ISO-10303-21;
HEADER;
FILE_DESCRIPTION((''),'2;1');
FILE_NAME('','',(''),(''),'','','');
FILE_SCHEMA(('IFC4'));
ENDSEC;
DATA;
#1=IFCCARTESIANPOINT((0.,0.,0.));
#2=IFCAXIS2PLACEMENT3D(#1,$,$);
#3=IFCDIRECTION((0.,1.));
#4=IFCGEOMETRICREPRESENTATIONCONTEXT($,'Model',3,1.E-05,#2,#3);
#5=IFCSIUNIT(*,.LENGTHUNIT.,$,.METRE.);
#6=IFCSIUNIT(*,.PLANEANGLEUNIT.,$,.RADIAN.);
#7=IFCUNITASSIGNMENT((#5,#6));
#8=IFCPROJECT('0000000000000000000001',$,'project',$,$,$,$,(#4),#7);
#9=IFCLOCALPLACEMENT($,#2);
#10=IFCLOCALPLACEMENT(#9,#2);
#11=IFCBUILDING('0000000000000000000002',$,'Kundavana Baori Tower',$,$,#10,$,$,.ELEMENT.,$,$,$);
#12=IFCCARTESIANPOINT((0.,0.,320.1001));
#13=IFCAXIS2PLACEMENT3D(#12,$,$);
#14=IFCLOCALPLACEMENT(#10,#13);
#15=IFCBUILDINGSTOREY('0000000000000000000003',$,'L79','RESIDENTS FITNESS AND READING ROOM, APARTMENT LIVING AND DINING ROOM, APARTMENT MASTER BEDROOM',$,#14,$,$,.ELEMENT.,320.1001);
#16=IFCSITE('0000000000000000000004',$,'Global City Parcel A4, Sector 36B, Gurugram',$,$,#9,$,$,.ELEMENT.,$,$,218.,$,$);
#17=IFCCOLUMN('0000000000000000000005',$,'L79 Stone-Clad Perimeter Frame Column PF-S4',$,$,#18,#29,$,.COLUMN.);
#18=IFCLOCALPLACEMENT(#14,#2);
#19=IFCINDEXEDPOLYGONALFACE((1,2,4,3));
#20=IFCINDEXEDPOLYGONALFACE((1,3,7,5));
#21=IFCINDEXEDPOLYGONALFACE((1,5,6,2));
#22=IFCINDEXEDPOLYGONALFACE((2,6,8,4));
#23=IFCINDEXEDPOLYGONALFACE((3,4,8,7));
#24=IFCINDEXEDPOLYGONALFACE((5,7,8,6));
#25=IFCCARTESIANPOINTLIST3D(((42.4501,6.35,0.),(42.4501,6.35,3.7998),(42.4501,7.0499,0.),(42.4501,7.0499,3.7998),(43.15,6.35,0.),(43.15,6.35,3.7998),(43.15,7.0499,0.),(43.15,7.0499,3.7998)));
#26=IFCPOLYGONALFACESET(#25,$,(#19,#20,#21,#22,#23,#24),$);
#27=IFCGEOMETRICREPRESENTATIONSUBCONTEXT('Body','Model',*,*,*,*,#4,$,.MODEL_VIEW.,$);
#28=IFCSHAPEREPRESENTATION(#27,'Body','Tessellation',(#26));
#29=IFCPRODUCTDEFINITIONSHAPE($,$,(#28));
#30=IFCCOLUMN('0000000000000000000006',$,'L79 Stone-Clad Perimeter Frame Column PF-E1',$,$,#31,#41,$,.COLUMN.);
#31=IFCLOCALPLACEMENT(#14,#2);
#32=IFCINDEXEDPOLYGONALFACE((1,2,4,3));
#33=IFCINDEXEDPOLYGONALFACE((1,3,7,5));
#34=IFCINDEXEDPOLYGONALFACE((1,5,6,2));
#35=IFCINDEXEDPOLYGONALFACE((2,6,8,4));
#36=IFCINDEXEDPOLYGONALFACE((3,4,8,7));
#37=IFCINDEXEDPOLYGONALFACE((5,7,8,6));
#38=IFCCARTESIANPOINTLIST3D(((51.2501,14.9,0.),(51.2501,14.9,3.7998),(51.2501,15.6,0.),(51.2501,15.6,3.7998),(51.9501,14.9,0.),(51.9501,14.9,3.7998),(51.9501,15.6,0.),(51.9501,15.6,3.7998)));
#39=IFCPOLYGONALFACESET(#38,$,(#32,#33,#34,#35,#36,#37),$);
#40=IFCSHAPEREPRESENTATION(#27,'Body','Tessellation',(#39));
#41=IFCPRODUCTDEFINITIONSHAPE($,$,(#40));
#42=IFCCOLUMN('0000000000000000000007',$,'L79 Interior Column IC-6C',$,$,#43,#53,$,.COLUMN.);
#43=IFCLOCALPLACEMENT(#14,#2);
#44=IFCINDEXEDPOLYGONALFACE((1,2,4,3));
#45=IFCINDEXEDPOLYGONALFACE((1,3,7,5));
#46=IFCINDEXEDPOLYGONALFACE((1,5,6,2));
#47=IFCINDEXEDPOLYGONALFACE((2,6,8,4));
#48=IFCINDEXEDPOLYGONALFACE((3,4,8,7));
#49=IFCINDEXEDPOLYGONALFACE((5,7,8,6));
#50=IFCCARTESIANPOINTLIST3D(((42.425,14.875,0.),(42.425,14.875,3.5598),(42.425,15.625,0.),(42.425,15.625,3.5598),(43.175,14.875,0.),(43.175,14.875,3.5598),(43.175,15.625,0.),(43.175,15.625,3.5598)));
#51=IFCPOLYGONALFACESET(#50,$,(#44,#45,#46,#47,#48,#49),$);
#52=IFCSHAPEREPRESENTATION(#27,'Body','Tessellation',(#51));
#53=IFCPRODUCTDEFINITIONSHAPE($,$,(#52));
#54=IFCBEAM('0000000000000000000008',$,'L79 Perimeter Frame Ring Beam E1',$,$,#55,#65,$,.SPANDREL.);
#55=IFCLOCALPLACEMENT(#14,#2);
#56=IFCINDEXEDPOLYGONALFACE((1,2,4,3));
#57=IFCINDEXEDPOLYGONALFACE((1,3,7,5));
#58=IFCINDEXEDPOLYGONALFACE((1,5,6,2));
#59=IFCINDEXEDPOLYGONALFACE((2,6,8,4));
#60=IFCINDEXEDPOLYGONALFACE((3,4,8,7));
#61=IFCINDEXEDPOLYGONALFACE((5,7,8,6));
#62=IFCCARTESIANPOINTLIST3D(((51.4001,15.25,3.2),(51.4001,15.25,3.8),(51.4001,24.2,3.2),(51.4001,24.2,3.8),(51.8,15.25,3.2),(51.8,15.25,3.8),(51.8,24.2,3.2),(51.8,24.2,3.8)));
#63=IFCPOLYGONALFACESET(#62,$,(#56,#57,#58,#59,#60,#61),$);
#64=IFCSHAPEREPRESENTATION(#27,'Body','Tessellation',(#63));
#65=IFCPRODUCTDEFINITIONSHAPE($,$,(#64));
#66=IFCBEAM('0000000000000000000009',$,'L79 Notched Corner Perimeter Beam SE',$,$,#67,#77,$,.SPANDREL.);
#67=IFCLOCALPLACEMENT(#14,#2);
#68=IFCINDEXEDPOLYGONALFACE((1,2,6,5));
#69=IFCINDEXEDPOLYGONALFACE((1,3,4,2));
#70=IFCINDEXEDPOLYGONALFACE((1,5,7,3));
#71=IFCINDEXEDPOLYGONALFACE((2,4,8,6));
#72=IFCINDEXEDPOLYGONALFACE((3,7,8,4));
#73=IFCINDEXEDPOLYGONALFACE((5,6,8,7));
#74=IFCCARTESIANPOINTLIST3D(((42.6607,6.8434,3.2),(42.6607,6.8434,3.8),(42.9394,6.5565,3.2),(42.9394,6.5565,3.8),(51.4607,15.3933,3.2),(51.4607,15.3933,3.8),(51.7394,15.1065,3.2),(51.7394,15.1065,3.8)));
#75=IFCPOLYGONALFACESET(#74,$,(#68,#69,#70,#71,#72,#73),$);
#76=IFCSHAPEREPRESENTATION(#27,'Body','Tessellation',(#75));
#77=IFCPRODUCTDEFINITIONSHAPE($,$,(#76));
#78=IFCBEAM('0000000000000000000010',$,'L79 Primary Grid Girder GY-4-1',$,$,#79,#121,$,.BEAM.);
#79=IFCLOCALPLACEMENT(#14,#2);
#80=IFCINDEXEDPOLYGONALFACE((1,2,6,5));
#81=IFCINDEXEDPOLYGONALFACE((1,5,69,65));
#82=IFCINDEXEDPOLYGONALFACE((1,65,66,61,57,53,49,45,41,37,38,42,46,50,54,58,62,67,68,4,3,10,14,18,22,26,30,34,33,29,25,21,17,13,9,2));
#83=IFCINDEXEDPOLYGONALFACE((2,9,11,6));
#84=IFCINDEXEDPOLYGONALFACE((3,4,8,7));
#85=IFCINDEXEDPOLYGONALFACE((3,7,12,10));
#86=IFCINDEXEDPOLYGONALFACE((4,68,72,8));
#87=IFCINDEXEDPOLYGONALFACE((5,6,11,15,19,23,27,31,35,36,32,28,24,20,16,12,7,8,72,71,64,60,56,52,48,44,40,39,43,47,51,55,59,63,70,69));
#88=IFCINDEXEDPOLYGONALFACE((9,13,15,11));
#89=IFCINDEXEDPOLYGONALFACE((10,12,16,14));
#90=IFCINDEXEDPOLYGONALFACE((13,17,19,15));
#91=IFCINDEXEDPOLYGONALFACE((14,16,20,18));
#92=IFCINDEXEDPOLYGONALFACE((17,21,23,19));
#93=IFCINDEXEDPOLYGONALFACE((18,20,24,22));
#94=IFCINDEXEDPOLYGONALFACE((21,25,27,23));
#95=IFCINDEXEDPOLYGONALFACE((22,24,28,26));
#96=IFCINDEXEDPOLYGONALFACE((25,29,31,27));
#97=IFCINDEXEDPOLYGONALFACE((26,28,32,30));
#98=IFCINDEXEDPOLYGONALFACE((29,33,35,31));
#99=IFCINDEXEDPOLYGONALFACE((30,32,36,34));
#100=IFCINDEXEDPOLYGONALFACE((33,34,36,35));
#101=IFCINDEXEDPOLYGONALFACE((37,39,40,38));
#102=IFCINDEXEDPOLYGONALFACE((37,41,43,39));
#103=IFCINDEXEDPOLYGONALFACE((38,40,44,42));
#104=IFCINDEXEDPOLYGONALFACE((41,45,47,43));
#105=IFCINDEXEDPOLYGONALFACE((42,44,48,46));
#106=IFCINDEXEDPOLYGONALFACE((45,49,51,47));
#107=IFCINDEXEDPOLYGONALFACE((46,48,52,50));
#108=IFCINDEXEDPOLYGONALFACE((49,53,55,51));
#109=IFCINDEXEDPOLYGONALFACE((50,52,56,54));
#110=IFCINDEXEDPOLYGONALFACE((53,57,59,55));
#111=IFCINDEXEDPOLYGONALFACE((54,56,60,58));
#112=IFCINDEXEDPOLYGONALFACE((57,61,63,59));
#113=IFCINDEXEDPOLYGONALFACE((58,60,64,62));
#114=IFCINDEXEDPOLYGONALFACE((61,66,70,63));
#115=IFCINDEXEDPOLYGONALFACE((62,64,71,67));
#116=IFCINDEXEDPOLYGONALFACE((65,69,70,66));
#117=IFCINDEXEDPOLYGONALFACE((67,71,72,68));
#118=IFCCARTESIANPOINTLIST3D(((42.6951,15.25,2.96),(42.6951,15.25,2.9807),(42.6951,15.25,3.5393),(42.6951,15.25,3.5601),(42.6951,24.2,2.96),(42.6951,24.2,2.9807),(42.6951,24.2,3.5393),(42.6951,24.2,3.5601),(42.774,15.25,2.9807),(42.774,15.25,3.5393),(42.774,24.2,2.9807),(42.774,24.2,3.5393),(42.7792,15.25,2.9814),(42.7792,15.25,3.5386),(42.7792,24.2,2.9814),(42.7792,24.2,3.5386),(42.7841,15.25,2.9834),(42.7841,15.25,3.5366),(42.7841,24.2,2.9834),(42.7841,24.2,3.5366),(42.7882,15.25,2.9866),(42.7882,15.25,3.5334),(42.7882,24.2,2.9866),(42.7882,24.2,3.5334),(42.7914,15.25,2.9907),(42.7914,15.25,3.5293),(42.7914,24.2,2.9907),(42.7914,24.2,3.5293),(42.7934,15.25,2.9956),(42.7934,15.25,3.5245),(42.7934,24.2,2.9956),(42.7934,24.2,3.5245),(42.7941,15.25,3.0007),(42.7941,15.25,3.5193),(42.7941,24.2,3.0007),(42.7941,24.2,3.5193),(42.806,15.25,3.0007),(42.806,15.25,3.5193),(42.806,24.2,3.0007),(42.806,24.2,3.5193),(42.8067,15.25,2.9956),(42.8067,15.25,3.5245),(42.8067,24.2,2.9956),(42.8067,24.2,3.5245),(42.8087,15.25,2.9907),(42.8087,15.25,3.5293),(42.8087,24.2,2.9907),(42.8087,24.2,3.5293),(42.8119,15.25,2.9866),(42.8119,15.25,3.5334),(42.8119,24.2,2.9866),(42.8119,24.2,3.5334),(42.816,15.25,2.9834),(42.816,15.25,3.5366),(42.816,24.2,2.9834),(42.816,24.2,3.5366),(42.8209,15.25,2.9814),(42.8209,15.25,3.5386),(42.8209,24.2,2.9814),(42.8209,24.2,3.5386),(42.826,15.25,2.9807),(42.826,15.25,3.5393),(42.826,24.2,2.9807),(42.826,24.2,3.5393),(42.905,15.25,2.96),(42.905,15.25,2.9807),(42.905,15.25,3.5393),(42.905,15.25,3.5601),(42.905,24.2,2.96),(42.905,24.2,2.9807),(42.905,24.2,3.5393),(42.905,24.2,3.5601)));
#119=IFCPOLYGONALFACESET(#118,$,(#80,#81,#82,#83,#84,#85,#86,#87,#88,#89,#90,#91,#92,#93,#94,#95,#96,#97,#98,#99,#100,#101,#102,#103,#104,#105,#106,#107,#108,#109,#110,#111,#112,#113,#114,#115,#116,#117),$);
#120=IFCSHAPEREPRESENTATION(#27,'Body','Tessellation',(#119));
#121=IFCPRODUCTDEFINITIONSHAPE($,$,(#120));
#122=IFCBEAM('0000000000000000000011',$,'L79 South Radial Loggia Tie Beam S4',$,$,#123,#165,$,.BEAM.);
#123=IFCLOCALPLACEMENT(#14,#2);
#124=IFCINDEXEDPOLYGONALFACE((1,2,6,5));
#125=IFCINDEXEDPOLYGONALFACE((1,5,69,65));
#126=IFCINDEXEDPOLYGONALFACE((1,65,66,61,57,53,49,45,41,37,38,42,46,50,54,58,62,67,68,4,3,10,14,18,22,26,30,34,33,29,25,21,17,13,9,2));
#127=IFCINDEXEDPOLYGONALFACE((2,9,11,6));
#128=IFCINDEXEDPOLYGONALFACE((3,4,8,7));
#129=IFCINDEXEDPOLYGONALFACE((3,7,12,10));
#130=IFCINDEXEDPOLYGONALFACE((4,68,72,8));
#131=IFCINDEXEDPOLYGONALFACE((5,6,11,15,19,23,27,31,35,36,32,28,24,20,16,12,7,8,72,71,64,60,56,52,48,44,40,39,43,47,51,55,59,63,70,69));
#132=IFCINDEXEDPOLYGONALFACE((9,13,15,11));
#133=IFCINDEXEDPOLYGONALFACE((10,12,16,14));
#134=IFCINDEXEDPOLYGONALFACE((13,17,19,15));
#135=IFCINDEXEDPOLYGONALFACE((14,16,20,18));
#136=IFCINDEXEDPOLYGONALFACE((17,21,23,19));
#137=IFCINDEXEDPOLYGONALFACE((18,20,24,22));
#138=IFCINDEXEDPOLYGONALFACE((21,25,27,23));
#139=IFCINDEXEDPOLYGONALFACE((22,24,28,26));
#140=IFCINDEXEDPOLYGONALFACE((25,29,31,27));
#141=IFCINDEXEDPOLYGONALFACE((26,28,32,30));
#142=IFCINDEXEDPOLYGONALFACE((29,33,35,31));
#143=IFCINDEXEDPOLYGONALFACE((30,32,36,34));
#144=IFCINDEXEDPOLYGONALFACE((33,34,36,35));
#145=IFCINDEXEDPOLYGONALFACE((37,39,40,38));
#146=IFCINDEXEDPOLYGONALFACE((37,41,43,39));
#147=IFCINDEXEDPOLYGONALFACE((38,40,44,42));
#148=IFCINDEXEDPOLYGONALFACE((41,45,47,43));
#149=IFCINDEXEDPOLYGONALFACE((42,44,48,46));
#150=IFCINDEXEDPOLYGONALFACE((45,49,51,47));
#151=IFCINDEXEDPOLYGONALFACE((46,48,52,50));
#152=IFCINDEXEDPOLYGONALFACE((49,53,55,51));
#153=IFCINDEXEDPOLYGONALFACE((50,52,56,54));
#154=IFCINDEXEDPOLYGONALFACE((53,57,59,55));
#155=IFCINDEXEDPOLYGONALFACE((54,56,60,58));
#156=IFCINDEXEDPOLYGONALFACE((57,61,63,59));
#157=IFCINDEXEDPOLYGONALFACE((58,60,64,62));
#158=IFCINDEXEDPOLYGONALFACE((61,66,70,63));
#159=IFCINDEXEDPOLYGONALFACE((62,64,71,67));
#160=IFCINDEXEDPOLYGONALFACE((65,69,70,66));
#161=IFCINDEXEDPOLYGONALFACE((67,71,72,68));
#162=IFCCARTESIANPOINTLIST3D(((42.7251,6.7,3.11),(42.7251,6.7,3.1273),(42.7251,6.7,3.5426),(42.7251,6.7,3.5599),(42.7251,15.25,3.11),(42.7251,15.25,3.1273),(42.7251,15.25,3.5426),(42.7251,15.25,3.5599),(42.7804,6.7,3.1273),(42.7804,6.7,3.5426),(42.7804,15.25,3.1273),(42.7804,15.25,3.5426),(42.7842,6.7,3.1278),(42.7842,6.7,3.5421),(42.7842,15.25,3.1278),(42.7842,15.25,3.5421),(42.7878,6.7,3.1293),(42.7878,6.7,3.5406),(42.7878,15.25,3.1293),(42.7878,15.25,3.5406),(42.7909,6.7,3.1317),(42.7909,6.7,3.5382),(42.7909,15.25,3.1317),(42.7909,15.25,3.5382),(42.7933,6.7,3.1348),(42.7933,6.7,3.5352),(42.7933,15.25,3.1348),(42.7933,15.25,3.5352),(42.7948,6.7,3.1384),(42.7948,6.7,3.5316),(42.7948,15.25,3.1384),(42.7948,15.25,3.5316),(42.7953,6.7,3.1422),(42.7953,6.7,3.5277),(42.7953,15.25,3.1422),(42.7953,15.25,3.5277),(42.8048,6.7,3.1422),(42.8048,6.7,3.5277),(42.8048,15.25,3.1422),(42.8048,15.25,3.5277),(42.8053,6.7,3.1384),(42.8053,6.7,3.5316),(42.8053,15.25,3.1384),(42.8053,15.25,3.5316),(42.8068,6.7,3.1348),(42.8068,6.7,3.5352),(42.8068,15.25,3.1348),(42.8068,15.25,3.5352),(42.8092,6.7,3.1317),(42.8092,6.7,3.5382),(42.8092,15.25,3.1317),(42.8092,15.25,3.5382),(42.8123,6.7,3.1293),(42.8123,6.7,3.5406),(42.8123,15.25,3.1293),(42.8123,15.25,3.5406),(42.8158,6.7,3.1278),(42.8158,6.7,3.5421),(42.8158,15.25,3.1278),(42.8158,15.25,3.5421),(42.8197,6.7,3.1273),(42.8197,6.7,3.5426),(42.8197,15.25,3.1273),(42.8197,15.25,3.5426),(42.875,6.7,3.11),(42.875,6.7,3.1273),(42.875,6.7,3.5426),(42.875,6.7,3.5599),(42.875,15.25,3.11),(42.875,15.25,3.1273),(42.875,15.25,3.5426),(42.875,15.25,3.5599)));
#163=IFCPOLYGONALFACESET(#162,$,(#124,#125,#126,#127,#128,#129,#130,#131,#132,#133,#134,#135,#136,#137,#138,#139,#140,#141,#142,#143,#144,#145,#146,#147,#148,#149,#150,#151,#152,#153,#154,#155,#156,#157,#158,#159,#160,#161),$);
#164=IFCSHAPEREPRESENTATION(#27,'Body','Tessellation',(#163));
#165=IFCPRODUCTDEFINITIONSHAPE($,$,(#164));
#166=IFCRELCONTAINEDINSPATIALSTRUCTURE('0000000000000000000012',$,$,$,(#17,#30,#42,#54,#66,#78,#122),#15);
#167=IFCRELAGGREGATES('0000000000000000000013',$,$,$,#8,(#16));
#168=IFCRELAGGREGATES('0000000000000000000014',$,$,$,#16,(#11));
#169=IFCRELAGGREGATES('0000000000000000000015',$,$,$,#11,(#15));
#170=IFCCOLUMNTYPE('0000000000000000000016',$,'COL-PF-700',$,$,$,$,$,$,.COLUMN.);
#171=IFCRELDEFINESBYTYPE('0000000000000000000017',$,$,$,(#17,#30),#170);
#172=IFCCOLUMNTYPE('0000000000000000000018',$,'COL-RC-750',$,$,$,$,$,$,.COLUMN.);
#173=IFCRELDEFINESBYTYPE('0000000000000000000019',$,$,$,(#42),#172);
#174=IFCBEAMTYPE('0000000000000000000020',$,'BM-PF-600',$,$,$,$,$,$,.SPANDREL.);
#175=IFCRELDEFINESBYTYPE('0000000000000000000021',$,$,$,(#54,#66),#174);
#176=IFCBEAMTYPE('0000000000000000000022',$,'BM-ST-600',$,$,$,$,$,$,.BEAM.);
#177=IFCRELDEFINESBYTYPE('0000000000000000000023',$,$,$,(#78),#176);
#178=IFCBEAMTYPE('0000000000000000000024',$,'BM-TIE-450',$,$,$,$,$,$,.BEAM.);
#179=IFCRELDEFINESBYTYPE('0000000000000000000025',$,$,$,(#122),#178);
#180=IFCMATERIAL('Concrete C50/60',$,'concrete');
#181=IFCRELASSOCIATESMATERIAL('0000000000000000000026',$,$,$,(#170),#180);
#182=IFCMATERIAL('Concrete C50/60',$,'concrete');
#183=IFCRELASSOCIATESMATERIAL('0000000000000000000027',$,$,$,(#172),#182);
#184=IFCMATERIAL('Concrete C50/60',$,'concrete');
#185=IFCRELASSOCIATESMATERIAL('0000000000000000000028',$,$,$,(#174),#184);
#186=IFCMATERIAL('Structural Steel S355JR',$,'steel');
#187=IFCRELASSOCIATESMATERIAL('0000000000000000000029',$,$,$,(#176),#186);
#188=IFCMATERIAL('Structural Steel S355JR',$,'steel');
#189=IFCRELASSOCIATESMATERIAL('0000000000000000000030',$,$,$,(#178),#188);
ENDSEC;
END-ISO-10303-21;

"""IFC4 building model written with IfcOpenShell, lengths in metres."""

from ifc_helpers import new_model, si_unit, direction, frame, origin, origin_2d, place, context, subcontext, project, spatial, rectangle, i_section, extrude, material, material_profile, profile_set, type_object, element, save


model = new_model("IFC4")

# Units and contexts
model_context = context("Model", 3, precision=1e-05, world=origin(), true_north=direction((0.0, 1.0)))
body_context = subcontext(model_context, "Body", "Model", "MODEL_VIEW")
ifc_project = project(units=[si_unit("LENGTHUNIT", "METRE"), si_unit("PLANEANGLEUNIT", "RADIAN")], contexts=[model_context])

# Site, building, storey
site_placement = place(None, origin())
site = spatial("IfcSite", under=ifc_project, at=site_placement, Name="Global City Parcel A4, Sector 36B, Gurugram", CompositionType="ELEMENT", RefElevation=218.0)
building_placement = place(site_placement, origin())
building = spatial("IfcBuilding", under=site, at=building_placement, Name="Kundavana Baori Tower", CompositionType="ELEMENT")
storey_placement = place(building_placement, frame((0.0, 0.0, 320.1001)))
storey = spatial("IfcBuildingStorey", under=building, at=storey_placement, Name="L79", Description="RESIDENTS FITNESS AND READING ROOM, APARTMENT LIVING AND DINING ROOM, APARTMENT MASTER BEDROOM", CompositionType="ELEMENT", Elevation=320.1001)

# Columns
ifc_material_1 = material(Name="Concrete C50/60", Category="concrete")
ifc_material_profile_1 = material_profile(ifc_material_1, rectangle(XDim=0.7, YDim=0.7, at=origin_2d()), Name="RC PF 700x700")
ifc_profile_set_1 = profile_set([ifc_material_profile_1], Name="Concrete C50/60")
column_type_1 = type_object("IfcColumnType", Name="COL-PF-700", PredefinedType="COLUMN", material=ifc_profile_set_1)
for number, where, z_axis, x_axis, name in (
    (1, (42.8, 6.7, 0.0), (0.0, 0.0, 1.0), (1.0, 0.0, 0.0), "L79 Stone-Clad Perimeter Frame Column PF-S4"),
    (2, (51.6001, 15.25, 0.0), (0.0, 0.0, 1.0), (1.0, 0.0, 0.0), "L79 Stone-Clad Perimeter Frame Column PF-E1"),
):
    element("IfcColumn", number, at=place(storey_placement, frame(where, z_axis=z_axis, x_axis=x_axis)), inside=storey, type_object=column_type_1, Name=name, PredefinedType="COLUMN", context=body_context, shape_type="SweptSolid", body=[
        extrude(rectangle(XDim=0.7, YDim=0.7, at=origin_2d()), origin(), (0.0, 0.0, 1.0), 3.7998),
    ])
ifc_material_2 = material(Name="Concrete C50/60", Category="concrete")
ifc_material_profile_2 = material_profile(ifc_material_2, rectangle(XDim=0.75, YDim=0.75, at=origin_2d()), Name="RC 750x750")
ifc_profile_set_2 = profile_set([ifc_material_profile_2], Name="Concrete C50/60")
column_type_2 = type_object("IfcColumnType", Name="COL-RC-750", PredefinedType="COLUMN", material=ifc_profile_set_2)
column_placement = place(storey_placement, frame((42.8, 15.25, 0.0), z_axis=(0.0, 0.0, 1.0), x_axis=(1.0, 0.0, 0.0)))
element("IfcColumn", 3, at=column_placement, inside=storey, type_object=column_type_2, Name="L79 Interior Column IC-6C", PredefinedType="COLUMN", context=body_context, shape_type="SweptSolid", body=[
    extrude(rectangle(XDim=0.75, YDim=0.75, at=origin_2d()), origin(), (0.0, 0.0, 1.0), 3.5598),
])

# Beams
ifc_material_3 = material(Name="Concrete C50/60", Category="concrete")
ifc_material_profile_3 = material_profile(ifc_material_3, rectangle(XDim=0.3999, YDim=0.6001, at=origin_2d()), Name="RC BM 400x600")
ifc_profile_set_3 = profile_set([ifc_material_profile_3], Name="Concrete C50/60")
beam_type_1 = type_object("IfcBeamType", Name="BM-PF-600", PredefinedType="SPANDREL", material=ifc_profile_set_3)
beam_1_placement = place(storey_placement, frame((51.6001, 15.25, 3.5), z_axis=(0.0, 1.0, 0.0), x_axis=(-1.0, 0.0, 0.0)))
element("IfcBeam", 4, at=beam_1_placement, inside=storey, type_object=beam_type_1, Name="L79 Perimeter Frame Ring Beam E1", PredefinedType="SPANDREL", context=body_context, shape_type="SweptSolid", body=[
    extrude(rectangle(XDim=0.3999, YDim=0.6001, at=origin_2d()), origin(), (0.0, 0.0, 1.0), 8.95),
])
beam_2_placement = place(storey_placement, frame((42.8, 6.7, 3.5), z_axis=(0.717221, 0.696846, 0.0), x_axis=(-0.696846, 0.717221, 0.0)))
element("IfcBeam", 5, at=beam_2_placement, inside=storey, type_object=beam_type_1, Name="L79 Notched Corner Perimeter Beam SE", PredefinedType="SPANDREL", context=body_context, shape_type="SweptSolid", body=[
    extrude(rectangle(XDim=0.3999, YDim=0.6001, at=origin_2d()), origin(), (0.0, 0.0, 1.0), 12.2695),
])
ifc_material_4 = material(Name="Structural Steel S355JR", Category="steel")
ifc_material_profile_4 = material_profile(ifc_material_4, i_section(OverallWidth=0.21, OverallDepth=0.6001, WebThickness=0.012, FlangeThickness=0.0208, FilletRadius=0.02, at=origin_2d()), Name="ISMB 600")
ifc_profile_set_4 = profile_set([ifc_material_profile_4], Name="Structural Steel S355JR")
beam_type_2 = type_object("IfcBeamType", Name="BM-ST-600", PredefinedType="BEAM", material=ifc_profile_set_4)
beam_3_placement = place(storey_placement, frame((42.8, 15.25, 3.26), z_axis=(0.0, 1.0, 0.0), x_axis=(-1.0, 0.0, 0.0)))
element("IfcBeam", 6, at=beam_3_placement, inside=storey, type_object=beam_type_2, Name="L79 Primary Grid Girder GY-4-1", PredefinedType="BEAM", context=body_context, shape_type="SweptSolid", body=[
    extrude(i_section(OverallWidth=0.21, OverallDepth=0.6001, WebThickness=0.012, FlangeThickness=0.0208, FilletRadius=0.02, at=origin_2d()), origin(), (0.0, 0.0, 1.0), 8.95),
])
ifc_material_5 = material(Name="Structural Steel S355JR", Category="steel")
ifc_material_profile_5 = material_profile(ifc_material_5, i_section(OverallWidth=0.1499, OverallDepth=0.45, WebThickness=0.0095, FlangeThickness=0.0173, FilletRadius=0.0149, at=origin_2d()), Name="ISMB 450")
ifc_profile_set_5 = profile_set([ifc_material_profile_5], Name="Structural Steel S355JR")
beam_type_3 = type_object("IfcBeamType", Name="BM-TIE-450", PredefinedType="BEAM", material=ifc_profile_set_5)
beam_4_placement = place(storey_placement, frame((42.8, 15.25, 3.335), z_axis=(0.0, -1.0, 0.0), x_axis=(1.0, 0.0, 0.0)))
element("IfcBeam", 7, at=beam_4_placement, inside=storey, type_object=beam_type_3, Name="L79 South Radial Loggia Tie Beam S4", PredefinedType="BEAM", context=body_context, shape_type="SweptSolid", body=[
    extrude(i_section(OverallWidth=0.1499, OverallDepth=0.45, WebThickness=0.0095, FlangeThickness=0.0173, FilletRadius=0.0149, at=origin_2d()), origin(), (0.0, 0.0, 1.0), 8.55),
])

save(model, "model.ifc")
